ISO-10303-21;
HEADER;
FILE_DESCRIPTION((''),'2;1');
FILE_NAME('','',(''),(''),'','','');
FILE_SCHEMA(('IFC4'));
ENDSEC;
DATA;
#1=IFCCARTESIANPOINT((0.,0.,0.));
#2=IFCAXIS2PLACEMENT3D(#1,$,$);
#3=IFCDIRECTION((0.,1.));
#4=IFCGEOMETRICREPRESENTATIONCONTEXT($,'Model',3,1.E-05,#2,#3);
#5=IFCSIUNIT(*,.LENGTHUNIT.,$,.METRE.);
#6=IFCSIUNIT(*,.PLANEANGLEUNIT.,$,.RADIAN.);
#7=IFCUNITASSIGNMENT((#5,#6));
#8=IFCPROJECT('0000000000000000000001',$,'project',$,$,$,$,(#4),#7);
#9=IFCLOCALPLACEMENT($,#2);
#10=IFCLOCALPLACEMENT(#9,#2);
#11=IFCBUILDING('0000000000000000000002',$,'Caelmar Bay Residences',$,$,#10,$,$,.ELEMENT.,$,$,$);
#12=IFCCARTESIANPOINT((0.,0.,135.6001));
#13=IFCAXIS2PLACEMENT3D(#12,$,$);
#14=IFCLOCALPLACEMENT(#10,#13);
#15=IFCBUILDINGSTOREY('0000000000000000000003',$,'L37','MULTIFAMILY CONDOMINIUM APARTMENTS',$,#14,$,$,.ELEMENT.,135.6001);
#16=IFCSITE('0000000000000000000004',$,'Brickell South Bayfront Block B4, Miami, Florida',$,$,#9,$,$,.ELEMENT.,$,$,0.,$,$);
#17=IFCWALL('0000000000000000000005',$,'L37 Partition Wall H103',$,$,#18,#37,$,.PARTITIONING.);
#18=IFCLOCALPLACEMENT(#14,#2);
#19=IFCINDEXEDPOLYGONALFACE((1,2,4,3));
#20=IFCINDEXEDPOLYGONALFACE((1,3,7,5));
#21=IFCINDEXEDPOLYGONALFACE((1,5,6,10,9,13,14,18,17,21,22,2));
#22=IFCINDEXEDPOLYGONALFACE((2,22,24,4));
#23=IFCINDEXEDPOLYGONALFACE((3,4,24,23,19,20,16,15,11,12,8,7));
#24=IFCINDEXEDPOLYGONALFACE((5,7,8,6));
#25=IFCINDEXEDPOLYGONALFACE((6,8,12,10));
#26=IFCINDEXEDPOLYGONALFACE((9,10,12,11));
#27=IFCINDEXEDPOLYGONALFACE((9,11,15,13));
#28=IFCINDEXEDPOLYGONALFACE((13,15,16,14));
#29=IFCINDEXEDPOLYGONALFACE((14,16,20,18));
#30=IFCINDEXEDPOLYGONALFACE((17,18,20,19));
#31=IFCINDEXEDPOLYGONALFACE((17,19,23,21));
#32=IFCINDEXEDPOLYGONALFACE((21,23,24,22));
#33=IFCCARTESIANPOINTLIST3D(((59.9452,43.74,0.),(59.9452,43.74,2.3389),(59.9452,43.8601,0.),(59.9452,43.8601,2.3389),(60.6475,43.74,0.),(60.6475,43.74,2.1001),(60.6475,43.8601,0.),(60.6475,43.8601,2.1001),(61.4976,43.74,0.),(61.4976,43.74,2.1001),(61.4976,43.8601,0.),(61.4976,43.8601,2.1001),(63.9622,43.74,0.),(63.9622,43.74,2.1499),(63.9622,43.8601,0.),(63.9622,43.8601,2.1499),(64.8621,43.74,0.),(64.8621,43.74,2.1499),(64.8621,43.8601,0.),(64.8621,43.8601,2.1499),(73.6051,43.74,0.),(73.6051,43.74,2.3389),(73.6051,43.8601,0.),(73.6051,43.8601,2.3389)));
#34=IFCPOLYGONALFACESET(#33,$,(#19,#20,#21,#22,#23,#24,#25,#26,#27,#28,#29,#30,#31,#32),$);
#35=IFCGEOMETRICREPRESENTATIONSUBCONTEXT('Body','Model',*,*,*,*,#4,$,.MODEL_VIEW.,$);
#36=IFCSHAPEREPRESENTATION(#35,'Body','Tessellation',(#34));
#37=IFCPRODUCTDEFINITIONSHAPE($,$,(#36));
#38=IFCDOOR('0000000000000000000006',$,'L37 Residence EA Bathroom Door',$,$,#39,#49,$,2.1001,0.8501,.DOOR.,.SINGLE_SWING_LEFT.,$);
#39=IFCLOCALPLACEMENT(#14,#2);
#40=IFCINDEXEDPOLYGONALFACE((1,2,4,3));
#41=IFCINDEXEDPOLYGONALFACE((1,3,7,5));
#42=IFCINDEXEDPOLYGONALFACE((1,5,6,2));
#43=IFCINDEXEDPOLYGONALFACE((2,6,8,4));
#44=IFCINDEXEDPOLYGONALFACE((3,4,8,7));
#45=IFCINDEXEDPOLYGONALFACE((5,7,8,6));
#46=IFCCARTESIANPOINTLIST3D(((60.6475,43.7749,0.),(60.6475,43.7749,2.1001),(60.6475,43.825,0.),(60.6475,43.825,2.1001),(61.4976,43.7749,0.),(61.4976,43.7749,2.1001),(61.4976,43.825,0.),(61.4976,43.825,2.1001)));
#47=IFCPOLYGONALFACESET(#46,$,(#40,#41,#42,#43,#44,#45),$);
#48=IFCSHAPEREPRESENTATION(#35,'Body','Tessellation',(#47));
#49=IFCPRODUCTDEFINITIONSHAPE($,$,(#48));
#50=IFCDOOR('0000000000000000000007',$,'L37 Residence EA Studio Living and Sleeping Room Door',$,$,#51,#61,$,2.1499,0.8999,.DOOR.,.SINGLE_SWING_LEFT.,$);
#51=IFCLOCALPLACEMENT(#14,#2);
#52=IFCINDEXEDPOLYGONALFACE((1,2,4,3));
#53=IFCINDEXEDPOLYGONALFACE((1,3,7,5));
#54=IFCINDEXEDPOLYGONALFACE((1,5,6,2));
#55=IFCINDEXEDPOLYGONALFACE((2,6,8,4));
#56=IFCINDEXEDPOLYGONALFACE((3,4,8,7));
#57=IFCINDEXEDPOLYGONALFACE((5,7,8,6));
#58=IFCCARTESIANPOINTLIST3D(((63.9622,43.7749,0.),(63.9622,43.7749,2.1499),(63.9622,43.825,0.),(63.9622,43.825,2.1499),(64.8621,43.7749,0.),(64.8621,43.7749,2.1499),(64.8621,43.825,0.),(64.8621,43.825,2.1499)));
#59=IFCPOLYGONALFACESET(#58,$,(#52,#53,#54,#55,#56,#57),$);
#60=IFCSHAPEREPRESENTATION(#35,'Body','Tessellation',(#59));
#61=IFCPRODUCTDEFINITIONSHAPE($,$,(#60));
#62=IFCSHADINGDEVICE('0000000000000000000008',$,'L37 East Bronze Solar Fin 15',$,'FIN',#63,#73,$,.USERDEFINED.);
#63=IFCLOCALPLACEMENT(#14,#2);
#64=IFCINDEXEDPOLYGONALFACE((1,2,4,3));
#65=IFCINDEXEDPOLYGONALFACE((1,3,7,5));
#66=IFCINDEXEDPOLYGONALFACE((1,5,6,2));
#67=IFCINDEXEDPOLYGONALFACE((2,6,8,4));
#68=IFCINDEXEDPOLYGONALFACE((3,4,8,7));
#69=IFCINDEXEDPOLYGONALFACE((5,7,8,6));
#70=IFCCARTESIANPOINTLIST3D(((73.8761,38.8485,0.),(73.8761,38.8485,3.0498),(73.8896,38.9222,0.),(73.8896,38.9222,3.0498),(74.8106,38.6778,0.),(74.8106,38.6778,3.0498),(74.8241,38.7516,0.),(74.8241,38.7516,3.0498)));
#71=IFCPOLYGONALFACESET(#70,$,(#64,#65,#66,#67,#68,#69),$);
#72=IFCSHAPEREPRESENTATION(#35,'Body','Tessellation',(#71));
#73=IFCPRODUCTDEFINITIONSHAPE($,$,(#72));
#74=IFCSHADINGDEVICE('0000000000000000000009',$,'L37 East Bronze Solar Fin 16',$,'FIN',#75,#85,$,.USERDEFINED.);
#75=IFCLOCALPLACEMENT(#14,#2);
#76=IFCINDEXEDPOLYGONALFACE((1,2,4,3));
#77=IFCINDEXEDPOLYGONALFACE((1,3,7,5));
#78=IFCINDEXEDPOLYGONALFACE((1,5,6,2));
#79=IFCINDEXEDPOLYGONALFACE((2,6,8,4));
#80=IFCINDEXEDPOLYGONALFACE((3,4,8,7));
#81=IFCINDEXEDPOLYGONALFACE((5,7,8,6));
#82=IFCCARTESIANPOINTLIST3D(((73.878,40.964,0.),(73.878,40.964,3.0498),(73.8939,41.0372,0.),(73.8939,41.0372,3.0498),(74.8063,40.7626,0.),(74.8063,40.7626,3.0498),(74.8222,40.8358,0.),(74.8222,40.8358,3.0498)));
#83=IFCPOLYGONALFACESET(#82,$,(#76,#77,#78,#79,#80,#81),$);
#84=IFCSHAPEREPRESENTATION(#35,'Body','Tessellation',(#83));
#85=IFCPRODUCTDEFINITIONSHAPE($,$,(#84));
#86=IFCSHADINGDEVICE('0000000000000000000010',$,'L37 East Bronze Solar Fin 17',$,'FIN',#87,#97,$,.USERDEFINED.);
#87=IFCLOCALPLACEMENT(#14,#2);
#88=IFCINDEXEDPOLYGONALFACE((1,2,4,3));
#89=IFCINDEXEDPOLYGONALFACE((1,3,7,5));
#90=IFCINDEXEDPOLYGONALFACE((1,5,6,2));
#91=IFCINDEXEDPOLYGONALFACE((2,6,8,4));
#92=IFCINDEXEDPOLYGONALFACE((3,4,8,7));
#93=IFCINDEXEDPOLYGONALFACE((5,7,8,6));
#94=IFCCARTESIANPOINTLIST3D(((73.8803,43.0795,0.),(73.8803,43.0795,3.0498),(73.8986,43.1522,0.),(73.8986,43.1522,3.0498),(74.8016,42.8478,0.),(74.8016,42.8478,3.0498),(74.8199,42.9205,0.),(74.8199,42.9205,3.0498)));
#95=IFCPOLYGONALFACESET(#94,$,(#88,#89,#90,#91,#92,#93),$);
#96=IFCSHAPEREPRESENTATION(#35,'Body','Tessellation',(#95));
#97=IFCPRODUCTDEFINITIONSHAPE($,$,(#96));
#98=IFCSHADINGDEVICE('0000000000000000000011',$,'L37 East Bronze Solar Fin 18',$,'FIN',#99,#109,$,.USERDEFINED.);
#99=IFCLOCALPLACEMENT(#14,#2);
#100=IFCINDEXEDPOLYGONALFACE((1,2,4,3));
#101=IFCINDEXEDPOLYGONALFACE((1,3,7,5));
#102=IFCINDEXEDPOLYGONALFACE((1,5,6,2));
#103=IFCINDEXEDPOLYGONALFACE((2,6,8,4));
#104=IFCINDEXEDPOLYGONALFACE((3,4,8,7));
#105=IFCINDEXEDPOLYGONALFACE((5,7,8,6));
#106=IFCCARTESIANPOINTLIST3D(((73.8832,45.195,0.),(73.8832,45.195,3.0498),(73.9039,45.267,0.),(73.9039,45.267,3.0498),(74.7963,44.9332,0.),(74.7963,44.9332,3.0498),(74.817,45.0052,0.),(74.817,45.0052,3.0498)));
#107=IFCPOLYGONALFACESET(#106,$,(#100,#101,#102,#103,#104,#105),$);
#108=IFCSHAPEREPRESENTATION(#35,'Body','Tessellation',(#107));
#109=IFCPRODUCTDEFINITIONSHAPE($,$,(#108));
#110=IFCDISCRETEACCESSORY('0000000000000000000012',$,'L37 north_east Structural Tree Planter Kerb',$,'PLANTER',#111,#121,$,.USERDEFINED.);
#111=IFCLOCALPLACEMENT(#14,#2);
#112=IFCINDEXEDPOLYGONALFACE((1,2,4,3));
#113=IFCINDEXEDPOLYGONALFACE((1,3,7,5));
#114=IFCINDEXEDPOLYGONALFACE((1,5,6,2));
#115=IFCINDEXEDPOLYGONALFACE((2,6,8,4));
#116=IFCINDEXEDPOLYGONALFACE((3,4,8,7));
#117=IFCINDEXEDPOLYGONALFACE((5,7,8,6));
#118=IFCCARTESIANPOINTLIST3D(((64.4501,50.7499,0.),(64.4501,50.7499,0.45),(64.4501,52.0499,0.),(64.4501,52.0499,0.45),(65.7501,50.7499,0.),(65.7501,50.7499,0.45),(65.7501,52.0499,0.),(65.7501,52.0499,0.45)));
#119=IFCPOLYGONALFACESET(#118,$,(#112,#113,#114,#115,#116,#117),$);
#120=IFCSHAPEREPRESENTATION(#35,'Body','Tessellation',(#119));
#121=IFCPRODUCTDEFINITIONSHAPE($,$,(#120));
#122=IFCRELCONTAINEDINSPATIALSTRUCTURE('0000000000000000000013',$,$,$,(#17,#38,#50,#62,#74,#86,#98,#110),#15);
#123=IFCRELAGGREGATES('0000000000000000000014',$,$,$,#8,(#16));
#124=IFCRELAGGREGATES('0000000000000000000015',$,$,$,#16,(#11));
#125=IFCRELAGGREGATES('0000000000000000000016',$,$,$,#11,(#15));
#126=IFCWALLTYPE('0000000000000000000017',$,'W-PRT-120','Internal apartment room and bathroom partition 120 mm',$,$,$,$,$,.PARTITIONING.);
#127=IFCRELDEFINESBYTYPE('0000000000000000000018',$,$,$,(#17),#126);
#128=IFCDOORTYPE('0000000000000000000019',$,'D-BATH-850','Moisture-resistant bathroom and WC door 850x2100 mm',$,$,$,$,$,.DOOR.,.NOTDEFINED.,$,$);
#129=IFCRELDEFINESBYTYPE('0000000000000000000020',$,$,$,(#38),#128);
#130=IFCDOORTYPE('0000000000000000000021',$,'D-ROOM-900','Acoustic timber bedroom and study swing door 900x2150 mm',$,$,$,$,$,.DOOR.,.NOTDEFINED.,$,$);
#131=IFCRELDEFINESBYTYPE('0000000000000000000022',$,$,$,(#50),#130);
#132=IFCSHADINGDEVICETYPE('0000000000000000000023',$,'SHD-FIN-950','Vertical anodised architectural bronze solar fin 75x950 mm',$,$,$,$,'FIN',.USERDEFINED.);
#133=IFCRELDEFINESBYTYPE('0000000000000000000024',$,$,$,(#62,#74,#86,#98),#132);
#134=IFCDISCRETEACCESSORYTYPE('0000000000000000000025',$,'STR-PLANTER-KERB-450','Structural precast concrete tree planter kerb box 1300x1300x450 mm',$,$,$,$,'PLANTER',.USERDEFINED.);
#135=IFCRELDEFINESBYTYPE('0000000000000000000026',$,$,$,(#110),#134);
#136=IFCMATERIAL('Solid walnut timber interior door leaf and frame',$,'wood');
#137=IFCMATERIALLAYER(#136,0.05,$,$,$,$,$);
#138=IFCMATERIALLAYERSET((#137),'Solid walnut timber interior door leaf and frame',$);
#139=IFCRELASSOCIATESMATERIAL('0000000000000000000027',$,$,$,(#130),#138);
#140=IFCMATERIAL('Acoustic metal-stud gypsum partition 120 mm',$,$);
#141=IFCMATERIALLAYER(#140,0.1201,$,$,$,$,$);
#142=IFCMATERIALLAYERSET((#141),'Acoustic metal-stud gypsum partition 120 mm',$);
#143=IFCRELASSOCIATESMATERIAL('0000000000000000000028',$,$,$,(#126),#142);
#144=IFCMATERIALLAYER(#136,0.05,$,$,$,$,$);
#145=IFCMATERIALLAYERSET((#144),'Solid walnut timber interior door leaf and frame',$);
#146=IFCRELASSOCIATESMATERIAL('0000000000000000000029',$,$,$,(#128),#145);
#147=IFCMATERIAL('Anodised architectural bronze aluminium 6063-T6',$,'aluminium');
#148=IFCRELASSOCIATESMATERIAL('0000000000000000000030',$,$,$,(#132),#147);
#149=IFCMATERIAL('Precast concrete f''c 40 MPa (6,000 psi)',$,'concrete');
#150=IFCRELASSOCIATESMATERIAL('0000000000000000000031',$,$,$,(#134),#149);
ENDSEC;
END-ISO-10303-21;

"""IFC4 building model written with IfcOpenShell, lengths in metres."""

from ifc_helpers import new_model, si_unit, direction, frame, frame_2d, origin, origin_2d, place, context, subcontext, project, spatial, rectangle, extrude, material, layer, layer_set, material_profile, profile_set, type_object, element, fill, save


model = new_model("IFC4")

# Units and contexts
model_context = context("Model", 3, precision=1e-05, world=origin(), true_north=direction((0.0, 1.0)))
body_context = subcontext(model_context, "Body", "Model", "MODEL_VIEW")
ifc_project = project(units=[si_unit("LENGTHUNIT", "METRE"), si_unit("PLANEANGLEUNIT", "RADIAN")], contexts=[model_context])

# Site, building, storey
site_placement = place(None, origin())
site = spatial("IfcSite", under=ifc_project, at=site_placement, Name="Brickell South Bayfront Block B4, Miami, Florida", CompositionType="ELEMENT", RefElevation=0.0)
building_placement = place(site_placement, origin())
building = spatial("IfcBuilding", under=site, at=building_placement, Name="Caelmar Bay Residences", CompositionType="ELEMENT")
storey_placement = place(building_placement, frame((0.0, 0.0, 135.6001)))
storey = spatial("IfcBuildingStorey", under=building, at=storey_placement, Name="L37", Description="MULTIFAMILY CONDOMINIUM APARTMENTS", CompositionType="ELEMENT", Elevation=135.6001)

# Shared definitions
ifc_material_1 = material(Name="Precast concrete f'c 40 MPa (6,000 psi)", Category="concrete")

# Shared definitions
ifc_material_2 = material(Name="Solid walnut timber interior door leaf and frame", Category="wood")
ifc_layer_1 = layer(ifc_material_2, 0.05)
ifc_layer_set_1 = layer_set([ifc_layer_1], Name="Solid walnut timber interior door leaf and frame")
door_type_1 = type_object("IfcDoorType", Name="D-ROOM-900", Description="Acoustic timber bedroom and study swing door 900x2150 mm", OperationType="NOTDEFINED", PredefinedType="DOOR", material=ifc_layer_set_1)
ifc_material_3 = material(Name="Acoustic metal-stud gypsum partition 120 mm")
ifc_layer_2 = layer(ifc_material_3, 0.1201)
ifc_layer_set_2 = layer_set([ifc_layer_2], Name="Acoustic metal-stud gypsum partition 120 mm")
wall_type_1 = type_object("IfcWallType", Name="W-PRT-120", Description="Internal apartment room and bathroom partition 120 mm", PredefinedType="PARTITIONING", material=ifc_layer_set_2)

# Wall, openings, doors
wall_1_placement = place(storey_placement, frame((59.9451, 43.8, 0.0), z_axis=(0.0, 0.0, 1.0), x_axis=(1.0, 0.0, 0.0)))
wall_1 = element("IfcWall", 1, at=wall_1_placement, inside=storey, type_object=wall_type_1, Name="L37 Partition Wall H103", PredefinedType="PARTITIONING", context=body_context, shape_type="SweptSolid", body=[
    extrude(rectangle(XDim=13.6599, YDim=0.1201, at=frame_2d((6.8301, 0.0))), origin(), (0.0, 0.0, 1.0), 2.3389),
])
opening_1_placement = place(wall_1_placement, frame((4.0171, 0.0, 0.0)))
opening_1 = element("IfcOpeningElement", 2, at=opening_1_placement, cuts=wall_1, PredefinedType="OPENING", context=body_context, shape_type="SweptSolid", body=[
    extrude(rectangle(XDim=0.8999, YDim=2.1499, at=frame_2d((0.45, 1.075))), frame((0.0, 0.0701, 0.0), z_axis=(0.0, -1.0, 0.0), x_axis=(1.0, 0.0, 0.0)), (0.0, 0.0, 1.0), 0.1401),
])
opening_2_placement = place(wall_1_placement, frame((0.7024, 0.0, 0.0)))
opening_2 = element("IfcOpeningElement", 3, at=opening_2_placement, cuts=wall_1, PredefinedType="OPENING", context=body_context, shape_type="SweptSolid", body=[
    extrude(rectangle(XDim=0.8501, YDim=2.1001, at=frame_2d((0.425, 1.05))), frame((0.0, 0.0701, 0.0), z_axis=(0.0, -1.0, 0.0), x_axis=(1.0, 0.0, 0.0)), (0.0, 0.0, 1.0), 0.1401),
])
ifc_layer_3 = layer(ifc_material_2, 0.05)
ifc_layer_set_3 = layer_set([ifc_layer_3], Name="Solid walnut timber interior door leaf and frame")
door_type_2 = type_object("IfcDoorType", Name="D-BATH-850", Description="Moisture-resistant bathroom and WC door 850x2100 mm", OperationType="NOTDEFINED", PredefinedType="DOOR", material=ifc_layer_set_3)
door_1_placement = place(opening_2_placement, origin())
door_1 = element("IfcDoor", 4, at=door_1_placement, inside=storey, type_object=door_type_2, Name="L37 Residence EA Bathroom Door", OperationType="SINGLE_SWING_LEFT", OverallHeight=2.1001, OverallWidth=0.8501, PredefinedType="DOOR", context=body_context, shape_type="SweptSolid", body=[
    extrude(rectangle(XDim=0.8501, YDim=2.1001, at=frame_2d((0.425, 1.05))), frame((0.0, 0.0249, 0.0), z_axis=(0.0, -1.0, 0.0), x_axis=(1.0, 0.0, 0.0)), (0.0, 0.0, 1.0), 0.05),
])
fill(opening_2, door_1)
door_2_placement = place(opening_1_placement, origin())
door_2 = element("IfcDoor", 5, at=door_2_placement, inside=storey, type_object=door_type_1, Name="L37 Residence EA Studio Living and Sleeping Room Door", OperationType="SINGLE_SWING_LEFT", OverallHeight=2.1499, OverallWidth=0.8999, PredefinedType="DOOR", context=body_context, shape_type="SweptSolid", body=[
    extrude(rectangle(XDim=0.8999, YDim=2.1499, at=frame_2d((0.45, 1.075))), frame((0.0, 0.0249, 0.0), z_axis=(0.0, -1.0, 0.0), x_axis=(1.0, 0.0, 0.0)), (0.0, 0.0, 1.0), 0.05),
])
fill(opening_1, door_2)

# Shading devices
ifc_material_4 = material(Name="Anodised architectural bronze aluminium 6063-T6", Category="aluminium")
ifc_material_profile_1 = material_profile(ifc_material_4, rectangle(XDim=0.075, YDim=0.95, at=origin_2d()), Name="BRONZE-FIN-75X950")
ifc_profile_set_1 = profile_set([ifc_material_profile_1], Name="Anodised architectural bronze aluminium 6063-T6")
shading_device_type = type_object("IfcShadingDeviceType", Name="SHD-FIN-950", Description="Vertical anodised architectural bronze solar fin 75x950 mm", ElementType="FIN", PredefinedType="USERDEFINED", material=ifc_profile_set_1)
for number, where, z_axis, x_axis, name in (
    (6, (74.3501, 38.8, 0.0), (0.0, 0.0, 1.0), (0.179661, 0.983729, 0.0), "L37 East Bronze Solar Fin 15"),
    (7, (74.3501, 40.8999, 0.0), (0.0, 0.0, 1.0), (0.212007, 0.977268, 0.0), "L37 East Bronze Solar Fin 16"),
    (8, (74.3501, 43.0, 0.0), (0.0, 0.0, 1.0), (0.243954, 0.969787, 0.0), "L37 East Bronze Solar Fin 17"),
    (9, (74.3501, 45.1001, 0.0), (0.0, 0.0, 1.0), (0.275637, 0.961262, 0.0), "L37 East Bronze Solar Fin 18"),
):
    element("IfcShadingDevice", number, at=place(storey_placement, frame(where, z_axis=z_axis, x_axis=x_axis)), inside=storey, type_object=shading_device_type, Name=name, ObjectType="FIN", PredefinedType="USERDEFINED", context=body_context, shape_type="SweptSolid", body=[
        extrude(rectangle(XDim=0.075, YDim=0.95, at=origin_2d()), origin(), (0.0, 0.0, 1.0), 3.0498),
    ])

# Discrete accessory
discrete_accessory_type = type_object("IfcDiscreteAccessoryType", Name="STR-PLANTER-KERB-450", Description="Structural precast concrete tree planter kerb box 1300x1300x450 mm", ElementType="PLANTER", PredefinedType="USERDEFINED", material=ifc_material_1)
discrete_accessory_placement = place(storey_placement, frame((65.1001, 51.3999, 0.0), z_axis=(0.0, 0.0, 1.0), x_axis=(1.0, 0.0, 0.0)))
element("IfcDiscreteAccessory", 10, at=discrete_accessory_placement, inside=storey, type_object=discrete_accessory_type, Name="L37 north_east Structural Tree Planter Kerb", ObjectType="PLANTER", PredefinedType="USERDEFINED", context=body_context, shape_type="SweptSolid", body=[
    extrude(rectangle(XDim=1.3, YDim=1.3, at=origin_2d()), origin(), (0.0, 0.0, 1.0), 0.45),
])

save(model, "model.ifc")
